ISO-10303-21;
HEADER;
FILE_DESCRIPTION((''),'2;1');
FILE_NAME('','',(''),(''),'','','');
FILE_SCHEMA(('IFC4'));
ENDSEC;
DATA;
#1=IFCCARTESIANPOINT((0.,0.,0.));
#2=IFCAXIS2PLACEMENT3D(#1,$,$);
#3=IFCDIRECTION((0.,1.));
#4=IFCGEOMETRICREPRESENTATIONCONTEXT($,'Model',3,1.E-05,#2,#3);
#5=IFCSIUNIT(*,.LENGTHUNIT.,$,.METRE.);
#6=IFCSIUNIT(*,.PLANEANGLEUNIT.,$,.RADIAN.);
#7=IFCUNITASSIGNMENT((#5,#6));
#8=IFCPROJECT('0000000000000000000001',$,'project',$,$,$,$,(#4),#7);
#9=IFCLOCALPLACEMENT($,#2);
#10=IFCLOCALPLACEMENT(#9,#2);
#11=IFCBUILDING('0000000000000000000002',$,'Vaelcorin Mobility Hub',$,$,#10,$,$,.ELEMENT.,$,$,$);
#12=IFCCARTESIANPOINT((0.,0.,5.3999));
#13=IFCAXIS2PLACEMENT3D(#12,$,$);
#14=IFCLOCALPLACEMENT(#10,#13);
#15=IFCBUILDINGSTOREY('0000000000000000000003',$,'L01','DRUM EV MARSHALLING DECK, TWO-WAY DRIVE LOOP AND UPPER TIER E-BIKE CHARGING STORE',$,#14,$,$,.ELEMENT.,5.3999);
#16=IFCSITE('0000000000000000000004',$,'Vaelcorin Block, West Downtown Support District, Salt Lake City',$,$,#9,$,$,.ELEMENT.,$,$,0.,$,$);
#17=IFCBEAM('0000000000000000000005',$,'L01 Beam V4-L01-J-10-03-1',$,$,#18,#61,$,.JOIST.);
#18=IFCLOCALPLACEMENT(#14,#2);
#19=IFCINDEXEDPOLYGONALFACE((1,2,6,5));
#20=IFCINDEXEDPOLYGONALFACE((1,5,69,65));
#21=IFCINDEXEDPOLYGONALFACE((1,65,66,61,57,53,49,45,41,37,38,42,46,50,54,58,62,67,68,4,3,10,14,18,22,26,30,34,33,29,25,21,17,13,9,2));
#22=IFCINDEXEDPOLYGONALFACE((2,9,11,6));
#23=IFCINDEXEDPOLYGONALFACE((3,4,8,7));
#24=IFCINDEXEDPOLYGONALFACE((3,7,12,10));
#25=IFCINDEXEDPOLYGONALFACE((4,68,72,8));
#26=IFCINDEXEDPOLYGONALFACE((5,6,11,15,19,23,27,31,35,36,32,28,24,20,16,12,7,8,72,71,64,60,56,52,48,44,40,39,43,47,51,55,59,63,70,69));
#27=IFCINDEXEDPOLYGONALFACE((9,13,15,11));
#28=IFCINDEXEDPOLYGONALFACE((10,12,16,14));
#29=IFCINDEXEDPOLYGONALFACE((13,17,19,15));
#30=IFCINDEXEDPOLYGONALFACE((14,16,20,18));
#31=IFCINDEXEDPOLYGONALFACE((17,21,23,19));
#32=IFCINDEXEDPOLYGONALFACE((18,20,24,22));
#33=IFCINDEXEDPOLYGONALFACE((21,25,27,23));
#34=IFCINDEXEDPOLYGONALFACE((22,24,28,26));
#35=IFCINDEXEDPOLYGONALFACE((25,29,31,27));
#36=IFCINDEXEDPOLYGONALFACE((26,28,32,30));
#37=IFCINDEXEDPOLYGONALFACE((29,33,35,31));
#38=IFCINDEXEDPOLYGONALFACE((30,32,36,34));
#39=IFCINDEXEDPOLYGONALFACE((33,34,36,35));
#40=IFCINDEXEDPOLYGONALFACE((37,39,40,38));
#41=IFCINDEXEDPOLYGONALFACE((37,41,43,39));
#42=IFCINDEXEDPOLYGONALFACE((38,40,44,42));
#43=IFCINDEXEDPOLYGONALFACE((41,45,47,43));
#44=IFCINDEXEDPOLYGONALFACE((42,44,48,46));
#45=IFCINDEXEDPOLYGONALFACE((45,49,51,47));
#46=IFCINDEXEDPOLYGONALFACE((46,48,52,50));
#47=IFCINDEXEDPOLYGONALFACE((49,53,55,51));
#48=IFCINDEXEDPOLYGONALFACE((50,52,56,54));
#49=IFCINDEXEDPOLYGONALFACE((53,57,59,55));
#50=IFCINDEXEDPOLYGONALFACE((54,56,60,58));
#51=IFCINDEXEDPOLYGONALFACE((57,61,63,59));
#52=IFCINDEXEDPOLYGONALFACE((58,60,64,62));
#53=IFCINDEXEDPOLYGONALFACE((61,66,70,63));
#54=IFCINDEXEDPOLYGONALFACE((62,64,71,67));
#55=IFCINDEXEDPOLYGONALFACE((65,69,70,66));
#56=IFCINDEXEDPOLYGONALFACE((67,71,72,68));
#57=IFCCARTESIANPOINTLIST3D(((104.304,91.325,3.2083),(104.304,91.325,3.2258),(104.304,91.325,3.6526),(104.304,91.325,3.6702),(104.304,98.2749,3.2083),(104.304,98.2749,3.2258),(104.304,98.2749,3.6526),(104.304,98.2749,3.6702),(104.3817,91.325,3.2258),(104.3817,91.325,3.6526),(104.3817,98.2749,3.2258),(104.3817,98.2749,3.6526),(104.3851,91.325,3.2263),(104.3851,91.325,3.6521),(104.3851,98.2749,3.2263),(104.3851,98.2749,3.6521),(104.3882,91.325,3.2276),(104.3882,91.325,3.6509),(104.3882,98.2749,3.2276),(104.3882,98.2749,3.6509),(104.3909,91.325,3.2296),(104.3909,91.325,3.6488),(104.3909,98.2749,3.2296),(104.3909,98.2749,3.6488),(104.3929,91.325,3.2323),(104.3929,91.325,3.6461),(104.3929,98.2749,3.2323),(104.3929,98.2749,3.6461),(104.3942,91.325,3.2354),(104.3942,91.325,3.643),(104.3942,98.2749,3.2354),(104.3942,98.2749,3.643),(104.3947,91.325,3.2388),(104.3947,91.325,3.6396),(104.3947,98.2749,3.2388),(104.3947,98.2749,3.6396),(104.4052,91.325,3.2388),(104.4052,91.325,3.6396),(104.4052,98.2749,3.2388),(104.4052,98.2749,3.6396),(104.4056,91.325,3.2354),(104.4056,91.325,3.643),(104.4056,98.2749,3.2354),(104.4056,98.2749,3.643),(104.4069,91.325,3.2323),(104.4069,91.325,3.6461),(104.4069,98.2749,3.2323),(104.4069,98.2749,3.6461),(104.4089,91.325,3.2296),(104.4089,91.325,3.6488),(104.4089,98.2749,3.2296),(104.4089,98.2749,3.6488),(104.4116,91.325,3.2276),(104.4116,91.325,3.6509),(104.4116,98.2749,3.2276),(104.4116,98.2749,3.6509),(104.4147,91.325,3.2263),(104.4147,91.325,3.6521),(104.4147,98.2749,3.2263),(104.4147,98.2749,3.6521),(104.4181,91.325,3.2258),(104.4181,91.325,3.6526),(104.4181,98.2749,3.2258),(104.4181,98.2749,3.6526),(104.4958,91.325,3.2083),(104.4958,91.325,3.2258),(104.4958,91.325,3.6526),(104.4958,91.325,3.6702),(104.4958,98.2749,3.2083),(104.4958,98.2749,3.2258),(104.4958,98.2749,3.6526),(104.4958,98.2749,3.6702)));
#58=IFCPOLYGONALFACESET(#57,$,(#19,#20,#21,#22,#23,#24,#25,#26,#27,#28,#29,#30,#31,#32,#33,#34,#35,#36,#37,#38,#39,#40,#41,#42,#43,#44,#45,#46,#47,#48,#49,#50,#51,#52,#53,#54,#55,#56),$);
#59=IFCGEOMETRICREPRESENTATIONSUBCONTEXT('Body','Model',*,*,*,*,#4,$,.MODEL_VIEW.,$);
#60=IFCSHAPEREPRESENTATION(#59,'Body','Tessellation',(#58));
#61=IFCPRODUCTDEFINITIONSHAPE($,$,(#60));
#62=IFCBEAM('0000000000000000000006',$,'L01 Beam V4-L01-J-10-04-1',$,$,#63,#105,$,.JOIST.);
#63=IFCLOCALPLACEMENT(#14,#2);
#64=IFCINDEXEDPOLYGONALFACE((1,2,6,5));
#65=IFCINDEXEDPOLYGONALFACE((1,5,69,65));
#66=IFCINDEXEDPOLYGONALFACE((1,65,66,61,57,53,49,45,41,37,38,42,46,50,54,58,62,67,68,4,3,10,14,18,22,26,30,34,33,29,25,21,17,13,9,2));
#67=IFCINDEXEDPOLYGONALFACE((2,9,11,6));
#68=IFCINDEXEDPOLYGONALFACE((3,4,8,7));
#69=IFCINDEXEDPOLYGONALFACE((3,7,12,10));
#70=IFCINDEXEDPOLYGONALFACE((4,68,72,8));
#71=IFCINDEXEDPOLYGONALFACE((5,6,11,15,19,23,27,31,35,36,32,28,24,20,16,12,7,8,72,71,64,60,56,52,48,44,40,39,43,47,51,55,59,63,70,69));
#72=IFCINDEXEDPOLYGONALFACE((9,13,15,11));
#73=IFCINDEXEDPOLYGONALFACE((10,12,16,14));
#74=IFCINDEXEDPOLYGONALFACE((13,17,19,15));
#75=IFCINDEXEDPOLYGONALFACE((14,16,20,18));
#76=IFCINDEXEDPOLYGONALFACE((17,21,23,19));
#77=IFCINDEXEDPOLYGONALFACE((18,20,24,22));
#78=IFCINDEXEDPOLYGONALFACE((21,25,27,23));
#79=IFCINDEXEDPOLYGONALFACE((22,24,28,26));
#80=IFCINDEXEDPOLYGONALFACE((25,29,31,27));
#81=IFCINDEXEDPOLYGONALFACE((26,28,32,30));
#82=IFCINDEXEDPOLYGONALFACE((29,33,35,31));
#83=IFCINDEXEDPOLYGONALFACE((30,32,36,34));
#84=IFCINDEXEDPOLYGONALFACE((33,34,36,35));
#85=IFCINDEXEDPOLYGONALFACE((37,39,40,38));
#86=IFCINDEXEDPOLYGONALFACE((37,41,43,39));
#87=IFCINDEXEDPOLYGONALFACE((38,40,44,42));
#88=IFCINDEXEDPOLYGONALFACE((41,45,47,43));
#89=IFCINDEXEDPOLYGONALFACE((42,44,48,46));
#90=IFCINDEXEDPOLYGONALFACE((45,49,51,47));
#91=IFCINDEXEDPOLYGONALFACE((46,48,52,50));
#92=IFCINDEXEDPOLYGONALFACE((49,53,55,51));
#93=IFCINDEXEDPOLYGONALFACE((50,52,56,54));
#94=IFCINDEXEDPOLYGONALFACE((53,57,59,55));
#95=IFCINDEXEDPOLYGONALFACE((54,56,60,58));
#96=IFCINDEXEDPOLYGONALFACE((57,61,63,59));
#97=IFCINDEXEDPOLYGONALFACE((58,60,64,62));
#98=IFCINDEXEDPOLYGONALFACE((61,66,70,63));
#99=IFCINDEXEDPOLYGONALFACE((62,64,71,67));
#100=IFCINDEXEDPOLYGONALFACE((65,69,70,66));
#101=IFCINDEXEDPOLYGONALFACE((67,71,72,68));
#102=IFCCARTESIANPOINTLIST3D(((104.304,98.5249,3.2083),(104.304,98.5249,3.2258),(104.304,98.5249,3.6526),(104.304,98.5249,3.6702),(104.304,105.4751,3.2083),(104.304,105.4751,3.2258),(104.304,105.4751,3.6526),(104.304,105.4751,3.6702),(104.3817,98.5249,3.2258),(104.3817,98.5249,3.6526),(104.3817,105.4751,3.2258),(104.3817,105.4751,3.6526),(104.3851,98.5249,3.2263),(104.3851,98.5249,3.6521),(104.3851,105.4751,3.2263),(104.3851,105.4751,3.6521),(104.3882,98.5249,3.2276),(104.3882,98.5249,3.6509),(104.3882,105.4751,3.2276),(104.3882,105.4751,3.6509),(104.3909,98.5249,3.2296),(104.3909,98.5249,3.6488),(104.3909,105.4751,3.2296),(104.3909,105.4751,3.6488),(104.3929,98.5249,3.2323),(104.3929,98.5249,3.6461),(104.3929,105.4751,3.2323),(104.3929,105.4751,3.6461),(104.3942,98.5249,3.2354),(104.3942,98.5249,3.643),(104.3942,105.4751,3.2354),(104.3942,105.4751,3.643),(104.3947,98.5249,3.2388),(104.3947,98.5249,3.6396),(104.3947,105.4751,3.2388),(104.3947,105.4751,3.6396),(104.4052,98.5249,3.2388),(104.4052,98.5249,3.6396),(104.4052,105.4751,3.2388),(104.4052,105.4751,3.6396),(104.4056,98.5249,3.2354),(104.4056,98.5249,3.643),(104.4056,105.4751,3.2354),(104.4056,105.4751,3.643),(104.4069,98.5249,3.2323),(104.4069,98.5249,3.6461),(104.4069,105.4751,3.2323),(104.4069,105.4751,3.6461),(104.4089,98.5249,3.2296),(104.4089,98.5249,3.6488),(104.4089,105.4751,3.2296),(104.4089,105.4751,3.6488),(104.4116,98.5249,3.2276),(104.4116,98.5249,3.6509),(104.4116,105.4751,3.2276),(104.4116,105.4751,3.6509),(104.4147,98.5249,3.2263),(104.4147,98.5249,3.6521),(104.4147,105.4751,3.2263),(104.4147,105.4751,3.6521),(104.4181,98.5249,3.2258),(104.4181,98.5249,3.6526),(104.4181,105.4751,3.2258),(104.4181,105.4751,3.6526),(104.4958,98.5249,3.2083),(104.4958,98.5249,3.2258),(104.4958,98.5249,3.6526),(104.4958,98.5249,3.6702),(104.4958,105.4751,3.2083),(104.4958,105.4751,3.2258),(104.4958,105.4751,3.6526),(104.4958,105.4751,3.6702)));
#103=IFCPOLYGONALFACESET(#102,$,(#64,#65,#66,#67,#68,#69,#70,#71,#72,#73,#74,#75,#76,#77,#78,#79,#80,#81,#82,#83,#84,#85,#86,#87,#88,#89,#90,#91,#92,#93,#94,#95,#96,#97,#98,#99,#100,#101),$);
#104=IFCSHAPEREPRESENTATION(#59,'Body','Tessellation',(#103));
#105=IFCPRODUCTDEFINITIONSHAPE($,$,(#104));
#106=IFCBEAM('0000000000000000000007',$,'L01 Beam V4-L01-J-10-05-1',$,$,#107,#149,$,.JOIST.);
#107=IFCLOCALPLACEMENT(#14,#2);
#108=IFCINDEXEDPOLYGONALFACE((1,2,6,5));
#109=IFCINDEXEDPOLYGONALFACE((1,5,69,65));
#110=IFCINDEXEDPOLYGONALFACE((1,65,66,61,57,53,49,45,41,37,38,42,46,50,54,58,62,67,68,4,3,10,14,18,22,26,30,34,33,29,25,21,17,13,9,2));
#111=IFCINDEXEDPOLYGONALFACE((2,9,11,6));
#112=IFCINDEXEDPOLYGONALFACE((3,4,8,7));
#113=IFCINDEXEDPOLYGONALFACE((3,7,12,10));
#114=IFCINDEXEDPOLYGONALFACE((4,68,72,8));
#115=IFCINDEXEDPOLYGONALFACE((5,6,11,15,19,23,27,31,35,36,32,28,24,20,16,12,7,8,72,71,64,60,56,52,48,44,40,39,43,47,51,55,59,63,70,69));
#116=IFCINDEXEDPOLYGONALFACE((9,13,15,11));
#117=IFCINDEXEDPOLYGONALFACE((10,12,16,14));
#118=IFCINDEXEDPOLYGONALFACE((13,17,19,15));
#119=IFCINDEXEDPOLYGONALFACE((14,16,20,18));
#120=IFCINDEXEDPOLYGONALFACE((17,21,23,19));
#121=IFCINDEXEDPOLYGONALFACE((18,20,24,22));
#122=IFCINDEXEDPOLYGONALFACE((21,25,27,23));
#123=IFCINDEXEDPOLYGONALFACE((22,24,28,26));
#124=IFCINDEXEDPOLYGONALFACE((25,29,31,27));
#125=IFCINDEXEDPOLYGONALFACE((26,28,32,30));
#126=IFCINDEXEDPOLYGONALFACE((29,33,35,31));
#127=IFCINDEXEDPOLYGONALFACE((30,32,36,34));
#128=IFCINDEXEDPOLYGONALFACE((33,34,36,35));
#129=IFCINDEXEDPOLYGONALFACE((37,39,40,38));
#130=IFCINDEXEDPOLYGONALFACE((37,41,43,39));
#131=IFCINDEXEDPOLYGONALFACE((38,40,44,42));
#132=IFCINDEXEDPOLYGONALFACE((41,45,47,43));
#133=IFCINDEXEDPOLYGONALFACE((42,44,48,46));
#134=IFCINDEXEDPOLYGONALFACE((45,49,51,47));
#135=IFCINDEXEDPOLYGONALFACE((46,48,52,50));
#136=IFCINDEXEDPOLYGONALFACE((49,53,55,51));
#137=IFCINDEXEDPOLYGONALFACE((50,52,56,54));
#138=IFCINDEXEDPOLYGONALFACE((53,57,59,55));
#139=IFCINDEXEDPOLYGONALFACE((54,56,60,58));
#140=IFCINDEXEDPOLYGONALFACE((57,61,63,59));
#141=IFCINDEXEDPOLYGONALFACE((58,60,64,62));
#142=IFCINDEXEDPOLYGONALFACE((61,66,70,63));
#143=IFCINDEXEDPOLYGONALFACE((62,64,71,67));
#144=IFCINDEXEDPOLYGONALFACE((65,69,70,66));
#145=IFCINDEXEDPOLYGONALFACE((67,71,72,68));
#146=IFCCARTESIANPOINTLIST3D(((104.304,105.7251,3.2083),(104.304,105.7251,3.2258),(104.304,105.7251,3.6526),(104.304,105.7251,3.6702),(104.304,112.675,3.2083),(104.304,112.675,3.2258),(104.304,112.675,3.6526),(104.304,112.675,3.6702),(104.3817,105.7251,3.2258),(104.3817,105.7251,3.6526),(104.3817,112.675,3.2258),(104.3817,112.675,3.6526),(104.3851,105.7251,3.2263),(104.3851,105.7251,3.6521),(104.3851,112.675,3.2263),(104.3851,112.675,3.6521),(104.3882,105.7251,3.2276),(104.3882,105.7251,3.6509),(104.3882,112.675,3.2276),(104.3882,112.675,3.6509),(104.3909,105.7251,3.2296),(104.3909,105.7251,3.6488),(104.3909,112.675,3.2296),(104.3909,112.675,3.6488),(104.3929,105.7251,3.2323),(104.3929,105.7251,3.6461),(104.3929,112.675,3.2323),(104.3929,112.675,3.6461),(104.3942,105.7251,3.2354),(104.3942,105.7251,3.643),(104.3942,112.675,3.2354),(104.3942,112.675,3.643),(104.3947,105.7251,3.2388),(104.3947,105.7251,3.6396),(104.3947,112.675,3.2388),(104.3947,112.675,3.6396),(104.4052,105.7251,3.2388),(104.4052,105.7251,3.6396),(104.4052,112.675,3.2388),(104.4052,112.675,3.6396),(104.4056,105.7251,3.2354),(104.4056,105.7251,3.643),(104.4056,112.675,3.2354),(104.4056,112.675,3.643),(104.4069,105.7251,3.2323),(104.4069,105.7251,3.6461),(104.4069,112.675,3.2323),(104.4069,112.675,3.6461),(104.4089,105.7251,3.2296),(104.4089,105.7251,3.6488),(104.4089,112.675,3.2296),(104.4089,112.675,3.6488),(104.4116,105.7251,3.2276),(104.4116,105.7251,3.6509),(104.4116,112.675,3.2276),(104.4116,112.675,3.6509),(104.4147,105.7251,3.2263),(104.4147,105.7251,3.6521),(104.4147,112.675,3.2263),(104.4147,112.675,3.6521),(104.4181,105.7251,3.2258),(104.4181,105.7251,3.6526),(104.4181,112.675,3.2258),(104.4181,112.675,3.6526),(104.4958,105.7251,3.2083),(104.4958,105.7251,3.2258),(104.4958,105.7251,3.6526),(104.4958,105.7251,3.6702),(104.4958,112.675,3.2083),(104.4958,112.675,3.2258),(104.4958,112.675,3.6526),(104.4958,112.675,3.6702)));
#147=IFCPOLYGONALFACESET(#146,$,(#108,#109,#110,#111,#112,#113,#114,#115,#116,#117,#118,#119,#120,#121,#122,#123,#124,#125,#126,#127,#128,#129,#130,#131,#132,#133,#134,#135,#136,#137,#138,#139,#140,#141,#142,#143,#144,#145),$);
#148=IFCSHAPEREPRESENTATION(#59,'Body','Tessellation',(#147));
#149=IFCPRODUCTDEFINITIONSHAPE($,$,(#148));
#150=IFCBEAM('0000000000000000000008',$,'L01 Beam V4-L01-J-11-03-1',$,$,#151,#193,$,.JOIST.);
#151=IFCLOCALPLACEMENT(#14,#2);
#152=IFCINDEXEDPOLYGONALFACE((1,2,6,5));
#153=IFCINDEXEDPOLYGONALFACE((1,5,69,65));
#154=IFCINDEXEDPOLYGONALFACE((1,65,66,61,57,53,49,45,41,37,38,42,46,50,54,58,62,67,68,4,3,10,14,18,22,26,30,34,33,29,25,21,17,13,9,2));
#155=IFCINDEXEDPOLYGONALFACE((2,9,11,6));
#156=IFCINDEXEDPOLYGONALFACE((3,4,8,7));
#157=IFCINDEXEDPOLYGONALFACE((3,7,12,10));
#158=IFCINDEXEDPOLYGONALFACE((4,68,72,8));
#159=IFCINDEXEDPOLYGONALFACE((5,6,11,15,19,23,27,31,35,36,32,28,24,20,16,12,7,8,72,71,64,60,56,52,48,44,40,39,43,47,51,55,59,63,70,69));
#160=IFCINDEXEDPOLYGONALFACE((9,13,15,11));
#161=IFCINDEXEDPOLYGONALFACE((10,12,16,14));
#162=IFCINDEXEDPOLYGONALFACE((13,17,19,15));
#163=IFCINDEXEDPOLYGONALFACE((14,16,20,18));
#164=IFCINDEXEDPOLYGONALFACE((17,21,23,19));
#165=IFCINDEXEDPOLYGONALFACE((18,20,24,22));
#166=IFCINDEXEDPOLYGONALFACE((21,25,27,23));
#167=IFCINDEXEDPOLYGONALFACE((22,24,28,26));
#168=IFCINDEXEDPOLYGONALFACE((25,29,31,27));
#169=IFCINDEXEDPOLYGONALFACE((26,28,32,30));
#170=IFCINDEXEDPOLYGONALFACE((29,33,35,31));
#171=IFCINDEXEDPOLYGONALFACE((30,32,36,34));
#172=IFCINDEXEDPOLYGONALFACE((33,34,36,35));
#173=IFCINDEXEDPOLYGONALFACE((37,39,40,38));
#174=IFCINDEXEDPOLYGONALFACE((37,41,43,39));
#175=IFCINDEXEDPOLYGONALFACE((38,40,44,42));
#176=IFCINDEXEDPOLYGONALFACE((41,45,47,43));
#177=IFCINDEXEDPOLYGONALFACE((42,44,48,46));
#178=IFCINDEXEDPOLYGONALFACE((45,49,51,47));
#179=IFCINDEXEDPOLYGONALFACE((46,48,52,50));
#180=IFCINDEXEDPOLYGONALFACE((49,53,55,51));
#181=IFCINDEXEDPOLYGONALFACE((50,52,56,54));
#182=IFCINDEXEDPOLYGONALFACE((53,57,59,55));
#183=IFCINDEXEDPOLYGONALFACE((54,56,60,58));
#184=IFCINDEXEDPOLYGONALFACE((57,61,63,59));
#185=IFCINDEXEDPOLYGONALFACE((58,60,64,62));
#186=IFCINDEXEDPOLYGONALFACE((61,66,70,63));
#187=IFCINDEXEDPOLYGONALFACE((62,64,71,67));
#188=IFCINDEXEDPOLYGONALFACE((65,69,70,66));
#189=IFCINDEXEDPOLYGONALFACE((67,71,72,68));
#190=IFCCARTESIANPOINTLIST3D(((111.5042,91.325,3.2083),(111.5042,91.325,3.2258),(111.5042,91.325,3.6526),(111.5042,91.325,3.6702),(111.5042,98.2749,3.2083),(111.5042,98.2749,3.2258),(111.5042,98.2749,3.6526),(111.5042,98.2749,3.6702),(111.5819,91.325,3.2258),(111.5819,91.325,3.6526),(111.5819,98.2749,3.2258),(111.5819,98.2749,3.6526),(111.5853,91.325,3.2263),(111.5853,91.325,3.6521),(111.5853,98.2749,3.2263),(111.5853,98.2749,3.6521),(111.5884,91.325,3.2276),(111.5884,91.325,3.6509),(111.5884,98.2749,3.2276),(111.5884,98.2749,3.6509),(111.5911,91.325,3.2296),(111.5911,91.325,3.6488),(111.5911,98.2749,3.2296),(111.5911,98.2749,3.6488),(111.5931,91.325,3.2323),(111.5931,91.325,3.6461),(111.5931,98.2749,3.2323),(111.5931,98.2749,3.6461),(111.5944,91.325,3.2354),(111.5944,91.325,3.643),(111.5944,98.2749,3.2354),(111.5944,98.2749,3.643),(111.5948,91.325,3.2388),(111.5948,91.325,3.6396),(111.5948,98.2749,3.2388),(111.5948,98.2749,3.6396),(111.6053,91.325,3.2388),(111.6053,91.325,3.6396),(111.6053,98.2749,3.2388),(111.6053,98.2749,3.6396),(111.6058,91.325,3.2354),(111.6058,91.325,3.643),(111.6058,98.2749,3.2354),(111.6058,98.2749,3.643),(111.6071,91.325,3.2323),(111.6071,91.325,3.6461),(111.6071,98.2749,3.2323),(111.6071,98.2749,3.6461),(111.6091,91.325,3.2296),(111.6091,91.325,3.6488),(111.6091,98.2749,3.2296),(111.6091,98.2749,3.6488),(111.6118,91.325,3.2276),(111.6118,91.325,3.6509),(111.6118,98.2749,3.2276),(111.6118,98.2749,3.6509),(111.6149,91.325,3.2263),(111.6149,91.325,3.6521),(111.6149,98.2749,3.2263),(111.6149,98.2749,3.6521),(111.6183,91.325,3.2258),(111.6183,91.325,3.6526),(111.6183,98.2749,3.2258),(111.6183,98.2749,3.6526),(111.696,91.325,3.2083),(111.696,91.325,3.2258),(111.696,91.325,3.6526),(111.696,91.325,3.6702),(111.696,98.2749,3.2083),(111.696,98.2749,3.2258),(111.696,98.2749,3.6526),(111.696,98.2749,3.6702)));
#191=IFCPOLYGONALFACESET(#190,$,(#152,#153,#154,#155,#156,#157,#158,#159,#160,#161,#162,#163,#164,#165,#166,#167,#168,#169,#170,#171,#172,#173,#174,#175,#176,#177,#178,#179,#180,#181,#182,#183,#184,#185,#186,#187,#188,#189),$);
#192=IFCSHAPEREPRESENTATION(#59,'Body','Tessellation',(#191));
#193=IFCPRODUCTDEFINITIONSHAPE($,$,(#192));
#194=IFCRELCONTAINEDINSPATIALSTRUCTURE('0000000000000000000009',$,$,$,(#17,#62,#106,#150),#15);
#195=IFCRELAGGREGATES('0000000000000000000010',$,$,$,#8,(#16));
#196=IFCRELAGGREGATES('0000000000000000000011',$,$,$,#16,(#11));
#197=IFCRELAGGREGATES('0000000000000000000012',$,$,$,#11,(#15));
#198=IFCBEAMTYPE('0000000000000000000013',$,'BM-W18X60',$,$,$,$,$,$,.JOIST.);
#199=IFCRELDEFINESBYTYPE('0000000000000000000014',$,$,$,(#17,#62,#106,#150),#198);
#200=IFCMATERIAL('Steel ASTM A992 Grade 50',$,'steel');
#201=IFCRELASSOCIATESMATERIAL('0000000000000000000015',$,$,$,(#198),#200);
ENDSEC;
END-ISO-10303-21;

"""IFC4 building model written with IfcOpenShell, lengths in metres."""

from ifc_helpers import new_model, si_unit, direction, frame, origin, origin_2d, place, context, subcontext, project, spatial, i_section, extrude, material, material_profile, profile_set, type_object, element, save


model = new_model("IFC4")

# Units and contexts
model_context = context("Model", 3, precision=1e-05, world=origin(), true_north=direction((0.0, 1.0)))
body_context = subcontext(model_context, "Body", "Model", "MODEL_VIEW")
ifc_project = project(units=[si_unit("LENGTHUNIT", "METRE"), si_unit("PLANEANGLEUNIT", "RADIAN")], contexts=[model_context])

# Site, building, storey
site_placement = place(None, origin())
site = spatial("IfcSite", under=ifc_project, at=site_placement, Name="Vaelcorin Block, West Downtown Support District, Salt Lake City", CompositionType="ELEMENT", RefElevation=0.0)
building_placement = place(site_placement, origin())
building = spatial("IfcBuilding", under=site, at=building_placement, Name="Vaelcorin Mobility Hub", CompositionType="ELEMENT")
storey_placement = place(building_placement, frame((0.0, 0.0, 5.3999)))
storey = spatial("IfcBuildingStorey", under=building, at=storey_placement, Name="L01", Description="DRUM EV MARSHALLING DECK, TWO-WAY DRIVE LOOP AND UPPER TIER E-BIKE CHARGING STORE", CompositionType="ELEMENT", Elevation=5.3999)

# Shared definitions
ifc_material_1 = material(Name="Steel ASTM A992 Grade 50", Category="steel")

# Beams
ifc_material_profile_1 = material_profile(ifc_material_1, i_section(OverallWidth=0.1919, OverallDepth=0.4619, WebThickness=0.0105, FlangeThickness=0.0176, FilletRadius=0.0129, at=origin_2d()), Name="W18X60")
ifc_profile_set_1 = profile_set([ifc_material_profile_1], Name="Steel ASTM A992 Grade 50")
beam_type_1 = type_object("IfcBeamType", Name="BM-W18X60", PredefinedType="JOIST", material=ifc_profile_set_1)
beam_1_placement = place(storey_placement, frame((104.3999, 91.325, 3.4392), z_axis=(0.0, 1.0, 0.0), x_axis=(-1.0, 0.0, 0.0)))
element("IfcBeam", 1, at=beam_1_placement, inside=storey, type_object=beam_type_1, Name="L01 Beam V4-L01-J-10-03-1", PredefinedType="JOIST", context=body_context, shape_type="SweptSolid", body=[
    extrude(i_section(OverallWidth=0.1919, OverallDepth=0.4619, WebThickness=0.0105, FlangeThickness=0.0176, FilletRadius=0.0129, at=origin_2d()), origin(), (0.0, 0.0, 1.0), 6.95),
])
beam_2_placement = place(storey_placement, frame((104.3999, 98.5249, 3.4392), z_axis=(0.0, 1.0, 0.0), x_axis=(-1.0, 0.0, 0.0)))
element("IfcBeam", 2, at=beam_2_placement, inside=storey, type_object=beam_type_1, Name="L01 Beam V4-L01-J-10-04-1", PredefinedType="JOIST", context=body_context, shape_type="SweptSolid", body=[
    extrude(i_section(OverallWidth=0.1919, OverallDepth=0.4619, WebThickness=0.0105, FlangeThickness=0.0176, FilletRadius=0.0129, at=origin_2d()), origin(), (0.0, 0.0, 1.0), 6.9502),
])
for number, where, z_axis, x_axis, name in (
    (3, (104.3999, 105.7251, 3.4392), (0.0, 1.0, 0.0), (-1.0, 0.0, 0.0), "L01 Beam V4-L01-J-10-05-1"),
    (4, (111.6001, 91.325, 3.4392), (0.0, 1.0, 0.0), (-1.0, 0.0, 0.0), "L01 Beam V4-L01-J-11-03-1"),
):
    element("IfcBeam", number, at=place(storey_placement, frame(where, z_axis=z_axis, x_axis=x_axis)), inside=storey, type_object=beam_type_1, Name=name, PredefinedType="JOIST", context=body_context, shape_type="SweptSolid", body=[
        extrude(i_section(OverallWidth=0.1919, OverallDepth=0.4619, WebThickness=0.0105, FlangeThickness=0.0176, FilletRadius=0.0129, at=origin_2d()), origin(), (0.0, 0.0, 1.0), 6.95),
    ])

save(model, "model.ifc")
